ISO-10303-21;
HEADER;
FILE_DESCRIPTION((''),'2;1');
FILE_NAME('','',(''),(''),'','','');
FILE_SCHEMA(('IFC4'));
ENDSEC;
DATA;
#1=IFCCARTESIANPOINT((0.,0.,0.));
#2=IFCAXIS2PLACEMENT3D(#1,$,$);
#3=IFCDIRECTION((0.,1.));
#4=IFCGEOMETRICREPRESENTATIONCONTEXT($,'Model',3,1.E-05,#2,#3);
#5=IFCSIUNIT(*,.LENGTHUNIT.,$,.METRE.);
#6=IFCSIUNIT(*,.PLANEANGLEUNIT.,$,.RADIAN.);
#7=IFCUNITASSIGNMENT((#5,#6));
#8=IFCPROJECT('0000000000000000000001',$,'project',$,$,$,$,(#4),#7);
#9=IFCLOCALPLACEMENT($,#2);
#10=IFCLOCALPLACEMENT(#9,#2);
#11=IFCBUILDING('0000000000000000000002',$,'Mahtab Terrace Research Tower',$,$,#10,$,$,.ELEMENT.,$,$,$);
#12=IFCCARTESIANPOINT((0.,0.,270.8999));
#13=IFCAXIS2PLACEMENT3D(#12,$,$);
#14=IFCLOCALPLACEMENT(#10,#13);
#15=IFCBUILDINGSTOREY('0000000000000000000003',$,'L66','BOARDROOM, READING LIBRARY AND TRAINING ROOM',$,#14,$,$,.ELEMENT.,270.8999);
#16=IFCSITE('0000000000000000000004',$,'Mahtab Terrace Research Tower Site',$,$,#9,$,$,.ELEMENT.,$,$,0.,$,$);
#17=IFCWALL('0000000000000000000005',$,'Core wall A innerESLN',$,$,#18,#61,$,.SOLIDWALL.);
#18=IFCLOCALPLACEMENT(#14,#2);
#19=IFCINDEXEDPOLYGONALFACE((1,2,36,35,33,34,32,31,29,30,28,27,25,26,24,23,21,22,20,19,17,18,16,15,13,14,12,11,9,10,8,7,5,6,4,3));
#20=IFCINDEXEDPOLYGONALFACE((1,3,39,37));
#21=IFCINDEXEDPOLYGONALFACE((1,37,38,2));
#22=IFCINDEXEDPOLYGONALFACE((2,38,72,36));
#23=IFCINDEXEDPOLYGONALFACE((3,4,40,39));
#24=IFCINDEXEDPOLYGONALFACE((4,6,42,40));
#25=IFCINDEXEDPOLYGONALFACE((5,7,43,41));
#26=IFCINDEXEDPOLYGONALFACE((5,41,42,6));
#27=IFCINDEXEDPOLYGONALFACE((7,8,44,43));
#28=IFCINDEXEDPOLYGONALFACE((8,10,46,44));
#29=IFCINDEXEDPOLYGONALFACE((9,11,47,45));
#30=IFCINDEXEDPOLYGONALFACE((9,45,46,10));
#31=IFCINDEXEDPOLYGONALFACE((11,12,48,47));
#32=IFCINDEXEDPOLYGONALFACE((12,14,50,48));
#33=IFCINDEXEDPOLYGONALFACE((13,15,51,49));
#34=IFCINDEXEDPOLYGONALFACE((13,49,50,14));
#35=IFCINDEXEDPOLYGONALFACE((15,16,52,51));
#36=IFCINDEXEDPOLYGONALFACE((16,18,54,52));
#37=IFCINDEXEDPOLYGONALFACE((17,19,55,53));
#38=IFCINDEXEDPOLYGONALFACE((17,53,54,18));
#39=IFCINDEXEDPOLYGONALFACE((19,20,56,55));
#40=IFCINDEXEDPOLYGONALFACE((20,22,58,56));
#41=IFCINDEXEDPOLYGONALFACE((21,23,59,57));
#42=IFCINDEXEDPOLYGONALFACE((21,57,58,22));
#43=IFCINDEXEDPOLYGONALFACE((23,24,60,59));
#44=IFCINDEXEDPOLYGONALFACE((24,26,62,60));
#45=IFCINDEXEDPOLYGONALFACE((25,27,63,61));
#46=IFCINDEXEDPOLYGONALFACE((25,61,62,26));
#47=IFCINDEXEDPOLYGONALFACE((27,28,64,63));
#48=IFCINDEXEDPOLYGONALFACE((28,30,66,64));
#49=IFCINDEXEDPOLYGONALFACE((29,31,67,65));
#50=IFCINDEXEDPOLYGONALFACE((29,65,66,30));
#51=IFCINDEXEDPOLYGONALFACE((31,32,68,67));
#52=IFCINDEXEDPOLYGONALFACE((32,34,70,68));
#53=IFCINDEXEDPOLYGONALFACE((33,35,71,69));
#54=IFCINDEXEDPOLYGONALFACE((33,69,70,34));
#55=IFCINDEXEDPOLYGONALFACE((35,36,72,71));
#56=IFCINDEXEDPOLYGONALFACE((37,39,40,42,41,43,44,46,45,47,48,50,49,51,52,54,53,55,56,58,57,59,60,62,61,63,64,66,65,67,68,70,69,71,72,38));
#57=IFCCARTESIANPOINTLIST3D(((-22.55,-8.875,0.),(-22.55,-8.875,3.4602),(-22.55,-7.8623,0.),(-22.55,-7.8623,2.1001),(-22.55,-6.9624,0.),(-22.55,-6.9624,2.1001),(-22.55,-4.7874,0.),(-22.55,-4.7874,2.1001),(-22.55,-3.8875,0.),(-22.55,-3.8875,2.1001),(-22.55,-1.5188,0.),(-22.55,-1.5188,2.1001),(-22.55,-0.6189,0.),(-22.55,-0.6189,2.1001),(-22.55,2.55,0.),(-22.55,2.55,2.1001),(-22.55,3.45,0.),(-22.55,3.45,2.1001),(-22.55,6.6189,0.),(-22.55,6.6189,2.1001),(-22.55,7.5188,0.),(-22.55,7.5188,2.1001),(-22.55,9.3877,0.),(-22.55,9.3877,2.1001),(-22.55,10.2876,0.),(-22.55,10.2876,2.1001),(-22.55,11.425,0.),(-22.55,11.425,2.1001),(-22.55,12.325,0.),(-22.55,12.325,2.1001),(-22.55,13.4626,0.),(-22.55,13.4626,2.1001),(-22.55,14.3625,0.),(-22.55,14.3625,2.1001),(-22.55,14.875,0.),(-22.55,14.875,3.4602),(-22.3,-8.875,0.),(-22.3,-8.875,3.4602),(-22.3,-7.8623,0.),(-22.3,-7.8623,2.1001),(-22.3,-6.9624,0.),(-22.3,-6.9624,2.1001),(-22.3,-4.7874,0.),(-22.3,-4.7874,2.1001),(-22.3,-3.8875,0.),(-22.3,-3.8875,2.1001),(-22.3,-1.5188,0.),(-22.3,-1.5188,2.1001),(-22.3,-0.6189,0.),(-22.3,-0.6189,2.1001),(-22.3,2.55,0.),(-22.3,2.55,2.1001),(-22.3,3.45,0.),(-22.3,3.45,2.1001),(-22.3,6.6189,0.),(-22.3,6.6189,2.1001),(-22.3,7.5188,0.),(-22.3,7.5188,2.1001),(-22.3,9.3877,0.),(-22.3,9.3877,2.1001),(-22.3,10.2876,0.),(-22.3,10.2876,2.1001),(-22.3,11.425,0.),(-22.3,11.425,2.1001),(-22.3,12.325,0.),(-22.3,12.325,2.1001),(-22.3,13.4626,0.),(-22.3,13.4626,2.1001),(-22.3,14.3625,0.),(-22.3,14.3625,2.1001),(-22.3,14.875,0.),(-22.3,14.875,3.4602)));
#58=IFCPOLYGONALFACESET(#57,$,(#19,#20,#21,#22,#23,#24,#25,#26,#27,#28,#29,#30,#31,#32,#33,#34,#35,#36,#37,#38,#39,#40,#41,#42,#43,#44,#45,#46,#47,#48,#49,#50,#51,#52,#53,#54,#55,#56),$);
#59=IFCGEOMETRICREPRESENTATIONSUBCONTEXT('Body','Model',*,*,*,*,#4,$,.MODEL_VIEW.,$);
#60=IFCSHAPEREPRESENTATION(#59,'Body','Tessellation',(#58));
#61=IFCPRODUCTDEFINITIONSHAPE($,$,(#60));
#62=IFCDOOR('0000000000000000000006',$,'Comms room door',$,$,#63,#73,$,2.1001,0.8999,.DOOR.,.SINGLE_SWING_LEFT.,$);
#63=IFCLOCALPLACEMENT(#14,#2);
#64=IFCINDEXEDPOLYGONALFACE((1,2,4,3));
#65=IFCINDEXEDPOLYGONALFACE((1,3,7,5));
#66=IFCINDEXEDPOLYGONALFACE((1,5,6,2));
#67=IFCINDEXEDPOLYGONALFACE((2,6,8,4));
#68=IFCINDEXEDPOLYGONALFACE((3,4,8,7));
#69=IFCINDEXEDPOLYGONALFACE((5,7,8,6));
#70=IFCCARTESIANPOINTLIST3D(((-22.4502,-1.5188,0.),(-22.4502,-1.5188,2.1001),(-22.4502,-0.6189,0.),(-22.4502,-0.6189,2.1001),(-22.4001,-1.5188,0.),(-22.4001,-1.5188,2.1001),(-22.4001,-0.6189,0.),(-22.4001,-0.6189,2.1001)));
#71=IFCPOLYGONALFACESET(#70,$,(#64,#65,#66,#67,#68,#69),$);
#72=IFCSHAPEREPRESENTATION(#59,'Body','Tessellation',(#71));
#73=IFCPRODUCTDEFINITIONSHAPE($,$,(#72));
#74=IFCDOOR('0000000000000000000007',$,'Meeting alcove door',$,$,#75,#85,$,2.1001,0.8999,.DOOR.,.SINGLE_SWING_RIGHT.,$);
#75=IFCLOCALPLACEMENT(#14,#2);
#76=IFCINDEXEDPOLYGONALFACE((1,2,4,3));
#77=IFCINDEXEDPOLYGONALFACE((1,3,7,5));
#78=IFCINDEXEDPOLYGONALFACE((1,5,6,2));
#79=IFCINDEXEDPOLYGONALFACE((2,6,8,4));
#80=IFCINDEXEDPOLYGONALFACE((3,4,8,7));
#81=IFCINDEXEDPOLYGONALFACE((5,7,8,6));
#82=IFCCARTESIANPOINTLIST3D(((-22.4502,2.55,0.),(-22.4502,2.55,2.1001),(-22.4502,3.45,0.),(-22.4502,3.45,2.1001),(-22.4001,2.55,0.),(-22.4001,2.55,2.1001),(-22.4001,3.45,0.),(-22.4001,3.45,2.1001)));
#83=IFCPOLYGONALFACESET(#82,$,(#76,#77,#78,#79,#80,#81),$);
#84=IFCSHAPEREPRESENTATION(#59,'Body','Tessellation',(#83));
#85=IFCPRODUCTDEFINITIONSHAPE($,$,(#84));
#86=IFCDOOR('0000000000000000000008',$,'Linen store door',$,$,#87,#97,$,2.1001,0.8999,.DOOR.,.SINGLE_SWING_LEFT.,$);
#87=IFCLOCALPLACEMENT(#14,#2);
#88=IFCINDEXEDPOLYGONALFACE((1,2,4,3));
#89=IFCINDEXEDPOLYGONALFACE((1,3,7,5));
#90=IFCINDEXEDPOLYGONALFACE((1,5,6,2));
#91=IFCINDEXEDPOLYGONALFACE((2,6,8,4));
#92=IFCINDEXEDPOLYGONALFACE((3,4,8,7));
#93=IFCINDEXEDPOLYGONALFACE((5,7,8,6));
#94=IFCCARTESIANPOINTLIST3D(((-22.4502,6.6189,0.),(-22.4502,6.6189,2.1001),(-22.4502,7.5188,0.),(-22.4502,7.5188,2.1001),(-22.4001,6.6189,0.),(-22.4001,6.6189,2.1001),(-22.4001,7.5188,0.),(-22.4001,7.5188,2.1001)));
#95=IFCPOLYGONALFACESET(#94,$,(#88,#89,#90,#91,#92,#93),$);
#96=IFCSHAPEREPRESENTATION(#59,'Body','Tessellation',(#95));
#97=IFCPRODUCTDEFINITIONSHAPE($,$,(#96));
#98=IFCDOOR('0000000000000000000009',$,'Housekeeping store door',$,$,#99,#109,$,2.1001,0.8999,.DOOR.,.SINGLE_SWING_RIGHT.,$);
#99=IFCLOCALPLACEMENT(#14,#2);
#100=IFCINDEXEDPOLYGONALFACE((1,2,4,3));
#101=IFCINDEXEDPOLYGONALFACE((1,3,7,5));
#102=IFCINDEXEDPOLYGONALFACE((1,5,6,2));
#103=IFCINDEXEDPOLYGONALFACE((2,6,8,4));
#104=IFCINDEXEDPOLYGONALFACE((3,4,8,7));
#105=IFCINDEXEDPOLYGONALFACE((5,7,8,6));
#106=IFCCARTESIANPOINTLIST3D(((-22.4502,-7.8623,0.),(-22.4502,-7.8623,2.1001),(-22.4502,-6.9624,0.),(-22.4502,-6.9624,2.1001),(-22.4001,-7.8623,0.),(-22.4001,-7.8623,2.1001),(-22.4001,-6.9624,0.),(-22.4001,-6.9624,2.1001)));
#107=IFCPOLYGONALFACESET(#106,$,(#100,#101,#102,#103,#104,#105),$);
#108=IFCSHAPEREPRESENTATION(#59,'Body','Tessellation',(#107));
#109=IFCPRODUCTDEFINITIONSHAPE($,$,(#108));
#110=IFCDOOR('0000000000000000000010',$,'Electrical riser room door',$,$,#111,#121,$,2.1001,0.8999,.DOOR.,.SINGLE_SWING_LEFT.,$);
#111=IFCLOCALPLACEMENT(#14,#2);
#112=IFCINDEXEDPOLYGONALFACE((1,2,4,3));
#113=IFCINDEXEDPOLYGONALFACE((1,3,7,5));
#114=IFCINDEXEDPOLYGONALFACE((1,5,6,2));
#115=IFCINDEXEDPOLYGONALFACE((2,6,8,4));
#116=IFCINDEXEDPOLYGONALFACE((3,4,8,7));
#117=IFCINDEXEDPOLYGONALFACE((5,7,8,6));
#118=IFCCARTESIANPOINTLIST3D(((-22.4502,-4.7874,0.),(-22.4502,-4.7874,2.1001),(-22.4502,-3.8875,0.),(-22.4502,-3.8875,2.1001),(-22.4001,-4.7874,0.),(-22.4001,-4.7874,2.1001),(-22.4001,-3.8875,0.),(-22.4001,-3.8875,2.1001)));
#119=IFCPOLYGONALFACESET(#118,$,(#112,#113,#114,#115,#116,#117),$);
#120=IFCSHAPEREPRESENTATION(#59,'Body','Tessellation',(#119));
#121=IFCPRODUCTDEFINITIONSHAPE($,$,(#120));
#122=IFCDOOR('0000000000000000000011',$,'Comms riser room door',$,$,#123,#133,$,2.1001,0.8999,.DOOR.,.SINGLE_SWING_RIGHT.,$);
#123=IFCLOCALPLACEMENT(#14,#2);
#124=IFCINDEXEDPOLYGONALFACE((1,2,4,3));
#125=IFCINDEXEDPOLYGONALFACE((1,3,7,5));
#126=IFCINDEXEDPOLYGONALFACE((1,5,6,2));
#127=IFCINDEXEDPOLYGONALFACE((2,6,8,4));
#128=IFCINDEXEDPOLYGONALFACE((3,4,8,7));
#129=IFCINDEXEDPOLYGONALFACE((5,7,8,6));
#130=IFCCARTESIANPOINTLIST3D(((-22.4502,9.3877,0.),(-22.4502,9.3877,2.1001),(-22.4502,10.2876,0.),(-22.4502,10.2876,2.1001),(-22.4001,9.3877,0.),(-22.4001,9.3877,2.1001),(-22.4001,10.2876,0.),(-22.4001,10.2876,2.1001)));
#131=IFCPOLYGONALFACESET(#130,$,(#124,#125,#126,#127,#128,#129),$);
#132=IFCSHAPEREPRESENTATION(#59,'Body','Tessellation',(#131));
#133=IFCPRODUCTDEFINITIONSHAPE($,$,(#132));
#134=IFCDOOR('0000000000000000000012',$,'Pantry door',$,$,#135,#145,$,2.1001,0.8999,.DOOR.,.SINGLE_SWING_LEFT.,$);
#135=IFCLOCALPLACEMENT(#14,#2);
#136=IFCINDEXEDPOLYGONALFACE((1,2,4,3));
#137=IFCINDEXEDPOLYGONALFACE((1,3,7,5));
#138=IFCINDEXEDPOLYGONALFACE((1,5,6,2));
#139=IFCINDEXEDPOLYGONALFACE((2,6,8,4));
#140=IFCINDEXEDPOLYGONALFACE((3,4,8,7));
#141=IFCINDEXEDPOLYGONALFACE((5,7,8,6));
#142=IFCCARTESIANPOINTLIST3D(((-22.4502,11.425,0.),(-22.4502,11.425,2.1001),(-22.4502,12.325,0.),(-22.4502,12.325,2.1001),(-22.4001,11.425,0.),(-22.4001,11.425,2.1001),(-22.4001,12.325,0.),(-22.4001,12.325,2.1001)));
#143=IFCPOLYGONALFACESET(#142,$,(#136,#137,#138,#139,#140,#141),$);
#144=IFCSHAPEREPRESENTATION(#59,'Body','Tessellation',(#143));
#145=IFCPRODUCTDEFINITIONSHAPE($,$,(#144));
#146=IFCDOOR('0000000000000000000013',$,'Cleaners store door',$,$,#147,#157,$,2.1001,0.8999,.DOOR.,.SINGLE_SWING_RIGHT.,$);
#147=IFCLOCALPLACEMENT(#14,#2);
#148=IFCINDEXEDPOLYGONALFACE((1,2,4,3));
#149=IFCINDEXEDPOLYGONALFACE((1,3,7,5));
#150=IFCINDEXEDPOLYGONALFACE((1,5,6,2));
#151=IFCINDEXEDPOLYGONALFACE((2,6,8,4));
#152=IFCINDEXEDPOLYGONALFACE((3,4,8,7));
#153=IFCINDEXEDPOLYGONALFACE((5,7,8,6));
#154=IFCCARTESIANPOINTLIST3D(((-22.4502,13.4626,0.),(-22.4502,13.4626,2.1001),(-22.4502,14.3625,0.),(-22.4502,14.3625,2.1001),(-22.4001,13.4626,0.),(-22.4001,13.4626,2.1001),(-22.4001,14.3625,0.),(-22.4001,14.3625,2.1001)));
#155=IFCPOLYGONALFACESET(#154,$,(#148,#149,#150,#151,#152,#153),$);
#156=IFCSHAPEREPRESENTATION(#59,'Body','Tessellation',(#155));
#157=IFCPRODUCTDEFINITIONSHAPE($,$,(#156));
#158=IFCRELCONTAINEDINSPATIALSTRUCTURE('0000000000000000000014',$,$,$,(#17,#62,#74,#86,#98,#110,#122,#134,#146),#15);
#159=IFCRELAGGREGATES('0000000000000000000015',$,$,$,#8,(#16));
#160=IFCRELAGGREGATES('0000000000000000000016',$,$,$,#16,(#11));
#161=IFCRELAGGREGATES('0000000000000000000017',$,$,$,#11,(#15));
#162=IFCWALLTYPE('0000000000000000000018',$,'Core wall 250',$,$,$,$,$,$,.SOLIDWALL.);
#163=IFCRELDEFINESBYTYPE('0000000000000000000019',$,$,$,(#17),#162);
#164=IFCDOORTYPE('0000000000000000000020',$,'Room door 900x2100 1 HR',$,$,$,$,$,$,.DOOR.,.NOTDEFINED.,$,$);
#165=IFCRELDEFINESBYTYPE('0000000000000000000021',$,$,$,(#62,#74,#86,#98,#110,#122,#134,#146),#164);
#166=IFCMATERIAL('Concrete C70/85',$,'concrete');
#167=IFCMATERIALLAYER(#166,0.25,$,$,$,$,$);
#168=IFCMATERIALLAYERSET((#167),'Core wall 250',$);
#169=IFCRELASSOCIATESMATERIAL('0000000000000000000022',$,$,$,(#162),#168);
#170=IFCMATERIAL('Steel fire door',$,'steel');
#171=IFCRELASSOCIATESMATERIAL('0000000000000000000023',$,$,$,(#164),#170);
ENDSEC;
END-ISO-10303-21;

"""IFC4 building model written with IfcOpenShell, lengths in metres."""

from ifc_helpers import new_model, si_unit, direction, frame, frame_2d, origin, place, context, subcontext, project, spatial, rectangle, extrude, material, layer, layer_set, type_object, element, fill, save


model = new_model("IFC4")

# Units and contexts
model_context = context("Model", 3, precision=1e-05, world=origin(), true_north=direction((0.0, 1.0)))
body_context = subcontext(model_context, "Body", "Model", "MODEL_VIEW")
ifc_project = project(units=[si_unit("LENGTHUNIT", "METRE"), si_unit("PLANEANGLEUNIT", "RADIAN")], contexts=[model_context])

# Site, building, storey
site_placement = place(None, origin())
site = spatial("IfcSite", under=ifc_project, at=site_placement, Name="Mahtab Terrace Research Tower Site", CompositionType="ELEMENT", RefElevation=0.0)
building_placement = place(site_placement, origin())
building = spatial("IfcBuilding", under=site, at=building_placement, Name="Mahtab Terrace Research Tower", CompositionType="ELEMENT")
storey_placement = place(building_placement, frame((0.0, 0.0, 270.8999)))
storey = spatial("IfcBuildingStorey", under=building, at=storey_placement, Name="L66", Description="BOARDROOM, READING LIBRARY AND TRAINING ROOM", CompositionType="ELEMENT", Elevation=270.8999)

# Shared definitions
ifc_material_1 = material(Name="Concrete C70/85", Category="concrete")
ifc_layer_1 = layer(ifc_material_1, 0.25)
ifc_layer_set_1 = layer_set([ifc_layer_1], Name="Core wall 250")
wall_type_1 = type_object("IfcWallType", Name="Core wall 250", PredefinedType="SOLIDWALL", material=ifc_layer_set_1)

# Shared definitions
ifc_material_2 = material(Name="Steel fire door", Category="steel")

# Wall, openings, doors
wall_1_placement = place(storey_placement, frame((-22.425, 14.875, 0.0), z_axis=(0.0, 0.0, 1.0), x_axis=(0.0, -1.0, 0.0)))
wall_1 = element("IfcWall", 1, at=wall_1_placement, inside=storey, type_object=wall_type_1, Name="Core wall A innerESLN", PredefinedType="SOLIDWALL", context=body_context, shape_type="SweptSolid", body=[
    extrude(rectangle(XDim=23.75, YDim=0.25, at=frame_2d((11.875, 0.0))), origin(), (0.0, 0.0, 1.0), 3.4602),
])
opening_1_placement = place(wall_1_placement, frame((15.4939, 0.0, 0.0)))
opening_1 = element("IfcOpeningElement", 2, at=opening_1_placement, cuts=wall_1, PredefinedType="OPENING", context=body_context, shape_type="SweptSolid", body=[
    extrude(rectangle(XDim=0.8999, YDim=2.1001, at=frame_2d((0.45, 1.05))), frame((0.0, 0.135, 0.0), z_axis=(0.0, -1.0, 0.0), x_axis=(1.0, 0.0, 0.0)), (0.0, 0.0, 1.0), 0.27),
])
opening_2_placement = place(wall_1_placement, frame((11.425, 0.0, 0.0)))
opening_2 = element("IfcOpeningElement", 3, at=opening_2_placement, cuts=wall_1, PredefinedType="OPENING", context=body_context, shape_type="SweptSolid", body=[
    extrude(rectangle(XDim=0.8999, YDim=2.1001, at=frame_2d((0.45, 1.05))), frame((0.0, 0.135, 0.0), z_axis=(0.0, -1.0, 0.0), x_axis=(1.0, 0.0, 0.0)), (0.0, 0.0, 1.0), 0.27),
])
opening_3_placement = place(wall_1_placement, frame((7.3562, 0.0, 0.0)))
opening_3 = element("IfcOpeningElement", 4, at=opening_3_placement, cuts=wall_1, PredefinedType="OPENING", context=body_context, shape_type="SweptSolid", body=[
    extrude(rectangle(XDim=0.8999, YDim=2.1001, at=frame_2d((0.45, 1.05))), frame((0.0, 0.135, 0.0), z_axis=(0.0, -1.0, 0.0), x_axis=(1.0, 0.0, 0.0)), (0.0, 0.0, 1.0), 0.27),
])
opening_4_placement = place(wall_1_placement, frame((21.8374, 0.0, 0.0)))
opening_4 = element("IfcOpeningElement", 5, at=opening_4_placement, cuts=wall_1, PredefinedType="OPENING", context=body_context, shape_type="SweptSolid", body=[
    extrude(rectangle(XDim=0.8999, YDim=2.1001, at=frame_2d((0.45, 1.05))), frame((0.0, 0.135, 0.0), z_axis=(0.0, -1.0, 0.0), x_axis=(1.0, 0.0, 0.0)), (0.0, 0.0, 1.0), 0.27),
])
opening_5_placement = place(wall_1_placement, frame((18.7625, 0.0, 0.0)))
opening_5 = element("IfcOpeningElement", 6, at=opening_5_placement, cuts=wall_1, PredefinedType="OPENING", context=body_context, shape_type="SweptSolid", body=[
    extrude(rectangle(XDim=0.8999, YDim=2.1001, at=frame_2d((0.45, 1.05))), frame((0.0, 0.135, 0.0), z_axis=(0.0, -1.0, 0.0), x_axis=(1.0, 0.0, 0.0)), (0.0, 0.0, 1.0), 0.27),
])
opening_6_placement = place(wall_1_placement, frame((4.5874, 0.0, 0.0)))
opening_6 = element("IfcOpeningElement", 7, at=opening_6_placement, cuts=wall_1, PredefinedType="OPENING", context=body_context, shape_type="SweptSolid", body=[
    extrude(rectangle(XDim=0.8999, YDim=2.1001, at=frame_2d((0.45, 1.05))), frame((0.0, 0.135, 0.0), z_axis=(0.0, -1.0, 0.0), x_axis=(1.0, 0.0, 0.0)), (0.0, 0.0, 1.0), 0.27),
])
opening_7_placement = place(wall_1_placement, frame((2.55, 0.0, 0.0)))
opening_7 = element("IfcOpeningElement", 8, at=opening_7_placement, cuts=wall_1, PredefinedType="OPENING", context=body_context, shape_type="SweptSolid", body=[
    extrude(rectangle(XDim=0.8999, YDim=2.1001, at=frame_2d((0.45, 1.05))), frame((0.0, 0.135, 0.0), z_axis=(0.0, -1.0, 0.0), x_axis=(1.0, 0.0, 0.0)), (0.0, 0.0, 1.0), 0.27),
])
opening_8_placement = place(wall_1_placement, frame((0.5125, 0.0, 0.0)))
opening_8 = element("IfcOpeningElement", 9, at=opening_8_placement, cuts=wall_1, PredefinedType="OPENING", context=body_context, shape_type="SweptSolid", body=[
    extrude(rectangle(XDim=0.8999, YDim=2.1001, at=frame_2d((0.45, 1.05))), frame((0.0, 0.135, 0.0), z_axis=(0.0, -1.0, 0.0), x_axis=(1.0, 0.0, 0.0)), (0.0, 0.0, 1.0), 0.27),
])
door_type_1 = type_object("IfcDoorType", Name="Room door 900x2100 1 HR", OperationType="NOTDEFINED", PredefinedType="DOOR", material=ifc_material_2)
door_1_placement = place(opening_1_placement, origin())
door_1 = element("IfcDoor", 10, at=door_1_placement, inside=storey, type_object=door_type_1, Name="Comms room door", OperationType="SINGLE_SWING_LEFT", OverallHeight=2.1001, OverallWidth=0.8999, PredefinedType="DOOR", context=body_context, shape_type="SweptSolid", body=[
    extrude(rectangle(XDim=0.8999, YDim=2.1001, at=frame_2d((0.45, 1.05))), frame((0.0, 0.0249, 0.0), z_axis=(0.0, -1.0, 0.0), x_axis=(1.0, 0.0, 0.0)), (0.0, 0.0, 1.0), 0.05),
])
fill(opening_1, door_1)
door_2_placement = place(opening_2_placement, origin())
door_2 = element("IfcDoor", 11, at=door_2_placement, inside=storey, type_object=door_type_1, Name="Meeting alcove door", OperationType="SINGLE_SWING_RIGHT", OverallHeight=2.1001, OverallWidth=0.8999, PredefinedType="DOOR", context=body_context, shape_type="SweptSolid", body=[
    extrude(rectangle(XDim=0.8999, YDim=2.1001, at=frame_2d((0.45, 1.05))), frame((0.0, 0.0249, 0.0), z_axis=(0.0, -1.0, 0.0), x_axis=(1.0, 0.0, 0.0)), (0.0, 0.0, 1.0), 0.05),
])
fill(opening_2, door_2)
door_3_placement = place(opening_3_placement, origin())
door_3 = element("IfcDoor", 12, at=door_3_placement, inside=storey, type_object=door_type_1, Name="Linen store door", OperationType="SINGLE_SWING_LEFT", OverallHeight=2.1001, OverallWidth=0.8999, PredefinedType="DOOR", context=body_context, shape_type="SweptSolid", body=[
    extrude(rectangle(XDim=0.8999, YDim=2.1001, at=frame_2d((0.45, 1.05))), frame((0.0, 0.0249, 0.0), z_axis=(0.0, -1.0, 0.0), x_axis=(1.0, 0.0, 0.0)), (0.0, 0.0, 1.0), 0.05),
])
fill(opening_3, door_3)
door_4_placement = place(opening_4_placement, origin())
door_4 = element("IfcDoor", 13, at=door_4_placement, inside=storey, type_object=door_type_1, Name="Housekeeping store door", OperationType="SINGLE_SWING_RIGHT", OverallHeight=2.1001, OverallWidth=0.8999, PredefinedType="DOOR", context=body_context, shape_type="SweptSolid", body=[
    extrude(rectangle(XDim=0.8999, YDim=2.1001, at=frame_2d((0.45, 1.05))), frame((0.0, 0.0249, 0.0), z_axis=(0.0, -1.0, 0.0), x_axis=(1.0, 0.0, 0.0)), (0.0, 0.0, 1.0), 0.05),
])
fill(opening_4, door_4)
door_5_placement = place(opening_5_placement, origin())
door_5 = element("IfcDoor", 14, at=door_5_placement, inside=storey, type_object=door_type_1, Name="Electrical riser room door", OperationType="SINGLE_SWING_LEFT", OverallHeight=2.1001, OverallWidth=0.8999, PredefinedType="DOOR", context=body_context, shape_type="SweptSolid", body=[
    extrude(rectangle(XDim=0.8999, YDim=2.1001, at=frame_2d((0.45, 1.05))), frame((0.0, 0.0249, 0.0), z_axis=(0.0, -1.0, 0.0), x_axis=(1.0, 0.0, 0.0)), (0.0, 0.0, 1.0), 0.05),
])
fill(opening_5, door_5)
door_6_placement = place(opening_6_placement, origin())
door_6 = element("IfcDoor", 15, at=door_6_placement, inside=storey, type_object=door_type_1, Name="Comms riser room door", OperationType="SINGLE_SWING_RIGHT", OverallHeight=2.1001, OverallWidth=0.8999, PredefinedType="DOOR", context=body_context, shape_type="SweptSolid", body=[
    extrude(rectangle(XDim=0.8999, YDim=2.1001, at=frame_2d((0.45, 1.05))), frame((0.0, 0.0249, 0.0), z_axis=(0.0, -1.0, 0.0), x_axis=(1.0, 0.0, 0.0)), (0.0, 0.0, 1.0), 0.05),
])
fill(opening_6, door_6)
door_7_placement = place(opening_7_placement, origin())
door_7 = element("IfcDoor", 16, at=door_7_placement, inside=storey, type_object=door_type_1, Name="Pantry door", OperationType="SINGLE_SWING_LEFT", OverallHeight=2.1001, OverallWidth=0.8999, PredefinedType="DOOR", context=body_context, shape_type="SweptSolid", body=[
    extrude(rectangle(XDim=0.8999, YDim=2.1001, at=frame_2d((0.45, 1.05))), frame((0.0, 0.0249, 0.0), z_axis=(0.0, -1.0, 0.0), x_axis=(1.0, 0.0, 0.0)), (0.0, 0.0, 1.0), 0.05),
])
fill(opening_7, door_7)
door_8_placement = place(opening_8_placement, origin())
door_8 = element("IfcDoor", 17, at=door_8_placement, inside=storey, type_object=door_type_1, Name="Cleaners store door", OperationType="SINGLE_SWING_RIGHT", OverallHeight=2.1001, OverallWidth=0.8999, PredefinedType="DOOR", context=body_context, shape_type="SweptSolid", body=[
    extrude(rectangle(XDim=0.8999, YDim=2.1001, at=frame_2d((0.45, 1.05))), frame((0.0, 0.0249, 0.0), z_axis=(0.0, -1.0, 0.0), x_axis=(1.0, 0.0, 0.0)), (0.0, 0.0, 1.0), 0.05),
])
fill(opening_8, door_8)

save(model, "model.ifc")
